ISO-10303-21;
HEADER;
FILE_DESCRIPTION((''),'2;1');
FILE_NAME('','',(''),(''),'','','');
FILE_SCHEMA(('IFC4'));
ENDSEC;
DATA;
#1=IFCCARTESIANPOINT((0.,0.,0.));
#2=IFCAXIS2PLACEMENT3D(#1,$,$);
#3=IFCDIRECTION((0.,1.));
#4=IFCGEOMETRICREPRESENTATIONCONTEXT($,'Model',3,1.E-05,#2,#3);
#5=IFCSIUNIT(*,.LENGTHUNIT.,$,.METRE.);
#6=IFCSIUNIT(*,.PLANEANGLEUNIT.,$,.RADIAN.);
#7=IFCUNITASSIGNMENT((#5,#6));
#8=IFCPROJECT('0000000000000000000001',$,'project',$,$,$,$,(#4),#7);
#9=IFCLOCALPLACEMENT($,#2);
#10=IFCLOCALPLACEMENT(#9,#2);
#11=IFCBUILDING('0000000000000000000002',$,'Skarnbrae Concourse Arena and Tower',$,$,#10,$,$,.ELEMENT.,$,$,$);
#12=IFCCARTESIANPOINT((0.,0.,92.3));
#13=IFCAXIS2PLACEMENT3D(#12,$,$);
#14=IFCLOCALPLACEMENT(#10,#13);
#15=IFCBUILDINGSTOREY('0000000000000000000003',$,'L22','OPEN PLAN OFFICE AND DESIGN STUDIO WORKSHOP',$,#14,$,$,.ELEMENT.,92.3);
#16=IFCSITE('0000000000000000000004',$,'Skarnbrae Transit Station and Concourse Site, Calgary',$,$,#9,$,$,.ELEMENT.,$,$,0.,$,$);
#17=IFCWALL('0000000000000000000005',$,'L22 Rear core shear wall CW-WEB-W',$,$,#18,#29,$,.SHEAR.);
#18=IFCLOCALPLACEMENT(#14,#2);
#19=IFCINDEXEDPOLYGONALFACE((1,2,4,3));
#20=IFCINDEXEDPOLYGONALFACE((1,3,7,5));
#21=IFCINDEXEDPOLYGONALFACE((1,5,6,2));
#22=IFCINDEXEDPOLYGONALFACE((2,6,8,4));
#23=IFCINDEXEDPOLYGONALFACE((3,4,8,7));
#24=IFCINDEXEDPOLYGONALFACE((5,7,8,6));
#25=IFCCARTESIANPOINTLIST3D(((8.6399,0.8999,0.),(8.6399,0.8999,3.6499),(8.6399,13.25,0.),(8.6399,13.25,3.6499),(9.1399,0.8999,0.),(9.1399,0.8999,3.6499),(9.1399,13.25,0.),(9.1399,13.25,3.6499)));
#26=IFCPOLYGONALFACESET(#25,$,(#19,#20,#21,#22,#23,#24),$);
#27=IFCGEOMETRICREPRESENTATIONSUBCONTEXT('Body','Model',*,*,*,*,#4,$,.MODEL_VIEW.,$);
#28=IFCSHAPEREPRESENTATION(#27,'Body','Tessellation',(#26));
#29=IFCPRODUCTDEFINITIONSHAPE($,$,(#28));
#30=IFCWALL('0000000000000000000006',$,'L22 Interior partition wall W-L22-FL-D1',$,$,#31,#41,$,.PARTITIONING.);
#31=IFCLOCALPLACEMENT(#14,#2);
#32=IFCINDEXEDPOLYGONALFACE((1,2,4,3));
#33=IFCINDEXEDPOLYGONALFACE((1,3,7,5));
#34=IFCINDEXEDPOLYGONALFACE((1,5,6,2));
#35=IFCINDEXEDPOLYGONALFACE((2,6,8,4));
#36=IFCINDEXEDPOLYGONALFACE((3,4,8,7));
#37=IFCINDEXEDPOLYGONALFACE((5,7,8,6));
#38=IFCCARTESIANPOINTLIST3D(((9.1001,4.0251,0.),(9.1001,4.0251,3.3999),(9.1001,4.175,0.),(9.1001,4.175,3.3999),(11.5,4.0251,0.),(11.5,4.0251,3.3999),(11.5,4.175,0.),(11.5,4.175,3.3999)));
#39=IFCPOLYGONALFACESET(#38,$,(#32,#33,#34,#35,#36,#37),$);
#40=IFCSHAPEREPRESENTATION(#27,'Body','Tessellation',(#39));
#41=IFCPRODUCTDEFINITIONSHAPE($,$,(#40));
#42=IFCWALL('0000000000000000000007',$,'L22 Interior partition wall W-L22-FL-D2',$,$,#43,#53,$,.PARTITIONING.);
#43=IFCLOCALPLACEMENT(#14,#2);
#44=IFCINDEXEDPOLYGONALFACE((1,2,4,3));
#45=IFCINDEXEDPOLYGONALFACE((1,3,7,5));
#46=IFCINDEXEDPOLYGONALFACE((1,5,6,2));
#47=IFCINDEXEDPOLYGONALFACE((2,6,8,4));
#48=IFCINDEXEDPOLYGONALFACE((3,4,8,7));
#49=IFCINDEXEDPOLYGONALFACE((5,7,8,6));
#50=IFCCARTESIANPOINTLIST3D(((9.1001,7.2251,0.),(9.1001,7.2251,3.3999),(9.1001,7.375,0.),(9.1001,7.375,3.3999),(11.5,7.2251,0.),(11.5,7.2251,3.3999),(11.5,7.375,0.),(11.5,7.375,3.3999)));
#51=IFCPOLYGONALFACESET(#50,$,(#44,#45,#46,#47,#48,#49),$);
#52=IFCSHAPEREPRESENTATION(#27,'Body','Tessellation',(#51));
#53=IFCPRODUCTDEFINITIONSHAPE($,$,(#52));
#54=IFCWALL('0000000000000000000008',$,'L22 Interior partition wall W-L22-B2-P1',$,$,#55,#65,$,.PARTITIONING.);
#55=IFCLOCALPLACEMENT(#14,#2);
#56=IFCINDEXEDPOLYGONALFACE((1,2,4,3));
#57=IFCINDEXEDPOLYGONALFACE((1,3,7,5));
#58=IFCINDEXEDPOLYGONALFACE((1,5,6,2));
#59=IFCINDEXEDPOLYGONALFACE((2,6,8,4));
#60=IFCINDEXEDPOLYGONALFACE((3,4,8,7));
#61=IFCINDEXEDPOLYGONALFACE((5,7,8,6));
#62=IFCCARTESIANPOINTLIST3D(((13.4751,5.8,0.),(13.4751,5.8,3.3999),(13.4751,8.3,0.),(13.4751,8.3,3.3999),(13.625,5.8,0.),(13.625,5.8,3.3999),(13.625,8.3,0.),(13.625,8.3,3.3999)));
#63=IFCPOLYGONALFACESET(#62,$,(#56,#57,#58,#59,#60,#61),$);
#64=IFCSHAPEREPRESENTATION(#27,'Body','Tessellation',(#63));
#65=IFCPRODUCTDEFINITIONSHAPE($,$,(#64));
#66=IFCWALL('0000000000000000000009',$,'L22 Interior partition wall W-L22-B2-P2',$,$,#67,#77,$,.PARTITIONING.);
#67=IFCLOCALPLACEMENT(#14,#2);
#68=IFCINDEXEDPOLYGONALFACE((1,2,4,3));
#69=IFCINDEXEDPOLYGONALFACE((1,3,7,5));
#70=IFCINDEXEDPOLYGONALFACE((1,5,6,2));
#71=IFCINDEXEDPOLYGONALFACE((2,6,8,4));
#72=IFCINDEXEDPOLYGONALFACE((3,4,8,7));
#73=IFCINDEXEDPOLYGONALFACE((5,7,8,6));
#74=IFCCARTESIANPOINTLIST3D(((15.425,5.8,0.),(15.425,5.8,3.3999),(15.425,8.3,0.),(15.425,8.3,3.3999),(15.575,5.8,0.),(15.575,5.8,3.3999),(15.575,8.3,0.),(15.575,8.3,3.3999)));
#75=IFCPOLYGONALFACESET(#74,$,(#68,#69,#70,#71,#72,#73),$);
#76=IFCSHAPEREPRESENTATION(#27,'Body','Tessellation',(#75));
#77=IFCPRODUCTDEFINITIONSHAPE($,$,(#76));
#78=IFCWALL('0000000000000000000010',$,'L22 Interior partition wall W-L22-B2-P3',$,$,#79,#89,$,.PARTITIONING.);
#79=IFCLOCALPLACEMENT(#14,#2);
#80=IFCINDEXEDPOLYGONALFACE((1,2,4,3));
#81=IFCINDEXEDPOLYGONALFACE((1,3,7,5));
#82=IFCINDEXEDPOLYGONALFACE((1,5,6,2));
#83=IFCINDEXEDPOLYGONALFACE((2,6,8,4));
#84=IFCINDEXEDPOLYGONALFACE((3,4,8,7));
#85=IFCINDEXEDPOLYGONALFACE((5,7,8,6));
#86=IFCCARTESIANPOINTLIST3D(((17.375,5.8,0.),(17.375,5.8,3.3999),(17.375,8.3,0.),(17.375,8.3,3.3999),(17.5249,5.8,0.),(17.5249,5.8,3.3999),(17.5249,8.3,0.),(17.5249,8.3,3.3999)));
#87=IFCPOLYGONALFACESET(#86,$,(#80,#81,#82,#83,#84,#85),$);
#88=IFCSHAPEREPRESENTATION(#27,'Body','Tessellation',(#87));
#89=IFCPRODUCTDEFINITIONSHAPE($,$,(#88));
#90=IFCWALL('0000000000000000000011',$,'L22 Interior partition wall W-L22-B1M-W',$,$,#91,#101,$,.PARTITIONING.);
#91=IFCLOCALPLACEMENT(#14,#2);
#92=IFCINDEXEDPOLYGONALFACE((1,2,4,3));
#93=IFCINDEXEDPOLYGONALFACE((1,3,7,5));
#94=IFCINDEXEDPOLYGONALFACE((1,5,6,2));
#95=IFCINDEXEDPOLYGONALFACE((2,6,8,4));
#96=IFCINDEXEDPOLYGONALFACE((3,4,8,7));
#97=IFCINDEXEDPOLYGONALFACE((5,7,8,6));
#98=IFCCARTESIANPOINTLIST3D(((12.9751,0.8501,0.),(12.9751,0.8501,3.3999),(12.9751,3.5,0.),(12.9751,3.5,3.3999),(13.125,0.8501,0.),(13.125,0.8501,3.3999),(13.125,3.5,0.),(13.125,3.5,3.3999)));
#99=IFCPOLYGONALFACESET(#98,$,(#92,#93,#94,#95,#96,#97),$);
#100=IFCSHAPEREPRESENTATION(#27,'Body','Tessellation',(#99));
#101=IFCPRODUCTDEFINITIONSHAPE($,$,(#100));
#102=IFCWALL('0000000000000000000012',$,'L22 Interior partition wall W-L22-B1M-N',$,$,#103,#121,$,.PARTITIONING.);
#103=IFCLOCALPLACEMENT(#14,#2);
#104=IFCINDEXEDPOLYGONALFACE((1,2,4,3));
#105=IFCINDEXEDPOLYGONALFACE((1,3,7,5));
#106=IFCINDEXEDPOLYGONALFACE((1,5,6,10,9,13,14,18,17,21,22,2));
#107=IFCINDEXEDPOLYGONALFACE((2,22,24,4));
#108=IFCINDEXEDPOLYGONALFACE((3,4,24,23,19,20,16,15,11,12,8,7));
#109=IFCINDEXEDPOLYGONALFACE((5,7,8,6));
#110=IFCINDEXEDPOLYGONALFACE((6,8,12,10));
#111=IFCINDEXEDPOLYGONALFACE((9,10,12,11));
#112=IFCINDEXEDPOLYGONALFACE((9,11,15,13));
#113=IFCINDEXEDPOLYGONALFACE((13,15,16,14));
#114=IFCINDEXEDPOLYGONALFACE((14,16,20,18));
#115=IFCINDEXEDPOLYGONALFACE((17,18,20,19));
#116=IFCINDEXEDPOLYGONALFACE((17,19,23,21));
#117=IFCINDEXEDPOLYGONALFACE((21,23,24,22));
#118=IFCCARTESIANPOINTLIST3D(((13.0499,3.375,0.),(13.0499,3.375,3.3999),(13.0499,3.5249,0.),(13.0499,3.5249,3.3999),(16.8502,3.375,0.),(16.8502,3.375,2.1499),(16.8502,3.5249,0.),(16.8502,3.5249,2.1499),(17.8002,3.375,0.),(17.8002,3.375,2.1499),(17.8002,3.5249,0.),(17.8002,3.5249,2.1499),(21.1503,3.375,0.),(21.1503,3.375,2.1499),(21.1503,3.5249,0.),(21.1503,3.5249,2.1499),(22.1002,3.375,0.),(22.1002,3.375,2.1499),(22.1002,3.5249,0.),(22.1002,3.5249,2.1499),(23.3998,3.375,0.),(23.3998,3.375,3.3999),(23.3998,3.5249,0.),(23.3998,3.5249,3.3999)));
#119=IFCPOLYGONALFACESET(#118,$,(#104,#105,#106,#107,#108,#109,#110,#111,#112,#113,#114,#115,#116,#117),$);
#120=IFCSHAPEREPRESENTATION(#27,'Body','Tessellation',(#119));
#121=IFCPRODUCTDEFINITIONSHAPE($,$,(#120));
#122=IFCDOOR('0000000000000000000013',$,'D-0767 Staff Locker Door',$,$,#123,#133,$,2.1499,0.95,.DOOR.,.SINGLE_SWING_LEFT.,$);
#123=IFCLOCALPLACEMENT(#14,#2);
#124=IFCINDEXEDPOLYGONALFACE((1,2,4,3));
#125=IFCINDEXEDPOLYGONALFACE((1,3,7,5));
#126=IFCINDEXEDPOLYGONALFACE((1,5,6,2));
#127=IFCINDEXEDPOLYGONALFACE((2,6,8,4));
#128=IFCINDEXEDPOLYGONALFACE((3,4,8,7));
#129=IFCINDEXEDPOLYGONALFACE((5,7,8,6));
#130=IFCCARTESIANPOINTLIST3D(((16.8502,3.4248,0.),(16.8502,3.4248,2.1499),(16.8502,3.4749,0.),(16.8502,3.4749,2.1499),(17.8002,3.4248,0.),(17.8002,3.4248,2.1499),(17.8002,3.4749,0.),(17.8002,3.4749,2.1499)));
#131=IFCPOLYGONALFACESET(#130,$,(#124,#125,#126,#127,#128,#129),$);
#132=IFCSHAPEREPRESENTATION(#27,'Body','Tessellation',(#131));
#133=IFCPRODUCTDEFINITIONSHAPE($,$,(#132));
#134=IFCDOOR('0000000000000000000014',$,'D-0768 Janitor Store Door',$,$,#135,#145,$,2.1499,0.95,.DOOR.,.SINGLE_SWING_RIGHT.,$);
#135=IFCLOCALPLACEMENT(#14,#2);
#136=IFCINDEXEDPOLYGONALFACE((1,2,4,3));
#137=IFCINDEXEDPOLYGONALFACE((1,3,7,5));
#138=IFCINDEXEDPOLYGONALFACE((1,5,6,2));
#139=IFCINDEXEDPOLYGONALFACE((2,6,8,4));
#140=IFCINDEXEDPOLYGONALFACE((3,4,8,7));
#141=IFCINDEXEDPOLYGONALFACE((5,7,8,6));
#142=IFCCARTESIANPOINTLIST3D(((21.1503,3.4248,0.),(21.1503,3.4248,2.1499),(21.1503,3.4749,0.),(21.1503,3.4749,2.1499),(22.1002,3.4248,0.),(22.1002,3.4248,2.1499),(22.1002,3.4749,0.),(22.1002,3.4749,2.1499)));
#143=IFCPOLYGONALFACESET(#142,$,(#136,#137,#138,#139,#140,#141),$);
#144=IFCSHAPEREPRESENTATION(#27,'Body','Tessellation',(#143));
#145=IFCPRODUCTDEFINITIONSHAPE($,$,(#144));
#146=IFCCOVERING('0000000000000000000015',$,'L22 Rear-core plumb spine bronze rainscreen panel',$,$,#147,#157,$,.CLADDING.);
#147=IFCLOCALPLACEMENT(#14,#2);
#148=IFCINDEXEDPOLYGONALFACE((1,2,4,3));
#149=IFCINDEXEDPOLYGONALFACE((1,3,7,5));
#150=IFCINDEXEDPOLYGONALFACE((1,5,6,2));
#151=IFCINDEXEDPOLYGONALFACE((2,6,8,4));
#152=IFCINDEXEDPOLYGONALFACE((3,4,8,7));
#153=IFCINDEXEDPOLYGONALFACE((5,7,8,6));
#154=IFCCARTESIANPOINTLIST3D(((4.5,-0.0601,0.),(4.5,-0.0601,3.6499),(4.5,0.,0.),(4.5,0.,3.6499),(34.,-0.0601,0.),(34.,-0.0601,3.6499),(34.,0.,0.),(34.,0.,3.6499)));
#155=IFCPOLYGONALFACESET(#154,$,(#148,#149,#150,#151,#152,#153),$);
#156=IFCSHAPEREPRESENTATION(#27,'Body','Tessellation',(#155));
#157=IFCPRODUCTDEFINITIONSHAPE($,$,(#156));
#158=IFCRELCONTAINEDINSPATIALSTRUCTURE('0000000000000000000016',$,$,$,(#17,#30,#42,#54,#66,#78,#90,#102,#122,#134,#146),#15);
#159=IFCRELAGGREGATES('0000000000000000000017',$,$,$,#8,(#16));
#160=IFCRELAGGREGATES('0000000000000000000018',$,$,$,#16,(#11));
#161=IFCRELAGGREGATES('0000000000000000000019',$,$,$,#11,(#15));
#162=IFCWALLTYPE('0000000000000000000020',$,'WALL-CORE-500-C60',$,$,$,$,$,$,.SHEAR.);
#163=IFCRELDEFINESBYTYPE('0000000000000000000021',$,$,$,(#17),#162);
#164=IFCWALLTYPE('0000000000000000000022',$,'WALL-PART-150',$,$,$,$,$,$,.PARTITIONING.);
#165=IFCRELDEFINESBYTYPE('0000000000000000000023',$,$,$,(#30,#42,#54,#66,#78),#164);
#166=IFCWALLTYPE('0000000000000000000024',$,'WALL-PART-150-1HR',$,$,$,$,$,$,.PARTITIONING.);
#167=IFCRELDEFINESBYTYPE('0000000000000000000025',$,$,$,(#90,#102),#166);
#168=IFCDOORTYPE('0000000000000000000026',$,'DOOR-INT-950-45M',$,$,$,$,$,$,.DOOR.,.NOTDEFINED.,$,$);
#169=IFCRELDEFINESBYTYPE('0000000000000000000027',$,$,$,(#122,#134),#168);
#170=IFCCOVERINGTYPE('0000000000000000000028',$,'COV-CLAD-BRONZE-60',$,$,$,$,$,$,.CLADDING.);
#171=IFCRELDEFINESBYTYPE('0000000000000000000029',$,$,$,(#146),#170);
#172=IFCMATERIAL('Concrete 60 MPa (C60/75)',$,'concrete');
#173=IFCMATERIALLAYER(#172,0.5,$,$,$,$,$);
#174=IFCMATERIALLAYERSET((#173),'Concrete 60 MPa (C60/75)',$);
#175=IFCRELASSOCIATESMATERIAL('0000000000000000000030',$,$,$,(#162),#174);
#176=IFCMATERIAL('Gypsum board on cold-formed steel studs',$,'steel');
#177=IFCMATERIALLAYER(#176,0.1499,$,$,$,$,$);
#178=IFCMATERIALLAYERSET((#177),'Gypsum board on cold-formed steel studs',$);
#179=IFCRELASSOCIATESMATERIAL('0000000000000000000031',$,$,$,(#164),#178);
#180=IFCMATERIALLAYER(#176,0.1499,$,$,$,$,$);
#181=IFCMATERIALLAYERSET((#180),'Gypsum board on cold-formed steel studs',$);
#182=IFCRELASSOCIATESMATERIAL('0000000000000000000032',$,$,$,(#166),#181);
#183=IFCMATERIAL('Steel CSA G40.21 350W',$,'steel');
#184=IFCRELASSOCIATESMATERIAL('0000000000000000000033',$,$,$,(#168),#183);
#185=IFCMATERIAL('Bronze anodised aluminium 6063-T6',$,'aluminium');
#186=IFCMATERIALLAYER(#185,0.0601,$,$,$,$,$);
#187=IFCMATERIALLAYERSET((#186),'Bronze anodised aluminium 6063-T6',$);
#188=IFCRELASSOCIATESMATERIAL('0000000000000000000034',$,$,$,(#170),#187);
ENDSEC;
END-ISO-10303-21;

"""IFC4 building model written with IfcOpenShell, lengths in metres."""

from ifc_helpers import new_model, si_unit, direction, frame, frame_2d, origin, origin_2d, place, context, subcontext, project, spatial, rectangle, extrude, source, transform, mapped, material, layer, layer_set, type_object, element, fill, save


model = new_model("IFC4")

# Units and contexts
model_context = context("Model", 3, precision=1e-05, world=origin(), true_north=direction((0.0, 1.0)))
body_context = subcontext(model_context, "Body", "Model", "MODEL_VIEW")
ifc_project = project(units=[si_unit("LENGTHUNIT", "METRE"), si_unit("PLANEANGLEUNIT", "RADIAN")], contexts=[model_context])

# Site, building, storey
site_placement = place(None, origin())
site = spatial("IfcSite", under=ifc_project, at=site_placement, Name="Skarnbrae Transit Station and Concourse Site, Calgary", CompositionType="ELEMENT", RefElevation=0.0)
building_placement = place(site_placement, origin())
building = spatial("IfcBuilding", under=site, at=building_placement, Name="Skarnbrae Concourse Arena and Tower", CompositionType="ELEMENT")
storey_placement = place(building_placement, frame((0.0, 0.0, 92.3)))
storey = spatial("IfcBuildingStorey", under=building, at=storey_placement, Name="L22", Description="OPEN PLAN OFFICE AND DESIGN STUDIO WORKSHOP", CompositionType="ELEMENT", Elevation=92.3)

# Wall
ifc_material_1 = material(Name="Concrete 60 MPa (C60/75)", Category="concrete")
ifc_layer_1 = layer(ifc_material_1, 0.5)
ifc_layer_set_1 = layer_set([ifc_layer_1], Name="Concrete 60 MPa (C60/75)")
wall_type_1 = type_object("IfcWallType", Name="WALL-CORE-500-C60", PredefinedType="SHEAR", material=ifc_layer_set_1)
shared_shape_1 = source(origin(), body_context, "Body", "SweptSolid", [
    extrude(rectangle(XDim=12.3501, YDim=0.5, at=frame_2d((6.175, 0.0))), origin(), (0.0, 0.0, 1.0), 3.6499),
])
wall_1_placement = place(storey_placement, frame((8.8899, 0.8999, 0.0), z_axis=(0.0, 0.0, 1.0), x_axis=(0.0, 1.0, 0.0)))
element("IfcWall", 1, at=wall_1_placement, inside=storey, type_object=wall_type_1, Name="L22 Rear core shear wall CW-WEB-W", PredefinedType="SHEAR", context=body_context, shape_type="MappedRepresentation", body=[
    mapped(shared_shape_1, transform((0.0, 0.0, 0.0))),
])

# Shared definitions
ifc_material_2 = material(Name="Gypsum board on cold-formed steel studs", Category="steel")
ifc_material_3 = material(Name="Steel CSA G40.21 350W", Category="steel")

# Walls
ifc_layer_2 = layer(ifc_material_2, 0.1499)
ifc_layer_set_2 = layer_set([ifc_layer_2], Name="Gypsum board on cold-formed steel studs")
wall_type_2 = type_object("IfcWallType", Name="WALL-PART-150", PredefinedType="PARTITIONING", material=ifc_layer_set_2)
shared_shape_2 = source(origin(), body_context, "Body", "SweptSolid", [
    extrude(rectangle(XDim=2.3999, YDim=0.1499, at=frame_2d((1.2, 0.0))), origin(), (0.0, 0.0, 1.0), 3.3999),
])
for number, where, z_axis, x_axis, name in (
    (2, (9.1001, 4.1001, 0.0), (0.0, 0.0, 1.0), (1.0, 0.0, 0.0), "L22 Interior partition wall W-L22-FL-D1"),
    (3, (9.1001, 7.3, 0.0), (0.0, 0.0, 1.0), (1.0, 0.0, 0.0), "L22 Interior partition wall W-L22-FL-D2"),
):
    element("IfcWall", number, at=place(storey_placement, frame(where, z_axis=z_axis, x_axis=x_axis)), inside=storey, type_object=wall_type_2, Name=name, PredefinedType="PARTITIONING", context=body_context, shape_type="MappedRepresentation", body=[
        mapped(shared_shape_2, transform((0.0, 0.0, 0.0))),
    ])

# Shared definitions
ifc_material_4 = material(Name="Bronze anodised aluminium 6063-T6", Category="aluminium")

# Walls
shared_shape_3 = source(origin(), body_context, "Body", "SweptSolid", [
    extrude(rectangle(XDim=2.5, YDim=0.1499, at=frame_2d((1.25, 0.0))), origin(), (0.0, 0.0, 1.0), 3.3999),
])
for number, where, z_axis, x_axis, name in (
    (4, (13.55, 5.8, 0.0), (0.0, 0.0, 1.0), (0.0, 1.0, 0.0), "L22 Interior partition wall W-L22-B2-P1"),
    (5, (15.5, 5.8, 0.0), (0.0, 0.0, 1.0), (0.0, 1.0, 0.0), "L22 Interior partition wall W-L22-B2-P2"),
    (6, (17.45, 5.8, 0.0), (0.0, 0.0, 1.0), (0.0, 1.0, 0.0), "L22 Interior partition wall W-L22-B2-P3"),
):
    element("IfcWall", number, at=place(storey_placement, frame(where, z_axis=z_axis, x_axis=x_axis)), inside=storey, type_object=wall_type_2, Name=name, PredefinedType="PARTITIONING", context=body_context, shape_type="MappedRepresentation", body=[
        mapped(shared_shape_3, transform((0.0, 0.0, 0.0))),
    ])
ifc_layer_3 = layer(ifc_material_2, 0.1499)
ifc_layer_set_3 = layer_set([ifc_layer_3], Name="Gypsum board on cold-formed steel studs")
wall_type_3 = type_object("IfcWallType", Name="WALL-PART-150-1HR", PredefinedType="PARTITIONING", material=ifc_layer_set_3)
shared_shape_4 = source(origin(), body_context, "Body", "SweptSolid", [
    extrude(rectangle(XDim=2.6499, YDim=0.1499, at=frame_2d((1.325, 0.0))), origin(), (0.0, 0.0, 1.0), 3.3999),
])
wall_2_placement = place(storey_placement, frame((13.05, 0.8501, 0.0), z_axis=(0.0, 0.0, 1.0), x_axis=(0.0, 1.0, 0.0)))
element("IfcWall", 7, at=wall_2_placement, inside=storey, type_object=wall_type_3, Name="L22 Interior partition wall W-L22-B1M-W", PredefinedType="PARTITIONING", context=body_context, shape_type="MappedRepresentation", body=[
    mapped(shared_shape_4, transform((0.0, 0.0, 0.0))),
])

# Wall, openings, doors
shared_shape_5 = source(origin(), body_context, "Body", "SweptSolid", [
    extrude(rectangle(XDim=10.3499, YDim=0.1499, at=frame_2d((5.1748, 0.0))), origin(), (0.0, 0.0, 1.0), 3.3999),
])
wall_3_placement = place(storey_placement, frame((13.05, 3.45, 0.0), z_axis=(0.0, 0.0, 1.0), x_axis=(1.0, 0.0, 0.0)))
wall_3 = element("IfcWall", 8, at=wall_3_placement, inside=storey, type_object=wall_type_3, Name="L22 Interior partition wall W-L22-B1M-N", PredefinedType="PARTITIONING", context=body_context, shape_type="MappedRepresentation", body=[
    mapped(shared_shape_5, transform((0.0, 0.0, 0.0))),
])
opening_1_placement = place(wall_3_placement, frame((3.8, 0.0, 0.0)))
opening_1 = element("IfcOpeningElement", 9, at=opening_1_placement, cuts=wall_3, PredefinedType="OPENING", context=body_context, shape_type="SweptSolid", body=[
    extrude(rectangle(XDim=0.95, YDim=2.1499, at=frame_2d((0.4751, 1.075))), frame((0.0, 0.085, 0.0), z_axis=(0.0, -1.0, 0.0), x_axis=(1.0, 0.0, 0.0)), (0.0, 0.0, 1.0), 0.1699),
])
opening_2_placement = place(wall_3_placement, frame((8.1001, 0.0, 0.0)))
opening_2 = element("IfcOpeningElement", 10, at=opening_2_placement, cuts=wall_3, PredefinedType="OPENING", context=body_context, shape_type="SweptSolid", body=[
    extrude(rectangle(XDim=0.95, YDim=2.1499, at=frame_2d((0.4751, 1.075))), frame((0.0, 0.085, 0.0), z_axis=(0.0, -1.0, 0.0), x_axis=(1.0, 0.0, 0.0)), (0.0, 0.0, 1.0), 0.1699),
])
door_type_1 = type_object("IfcDoorType", Name="DOOR-INT-950-45M", OperationType="NOTDEFINED", PredefinedType="DOOR", material=ifc_material_3)
shared_shape_6 = source(origin(), body_context, "Body", "SweptSolid", [
    extrude(rectangle(XDim=0.95, YDim=2.1499, at=frame_2d((0.4751, 1.075))), frame((0.0, 0.0249, 0.0), z_axis=(0.0, -1.0, 0.0), x_axis=(1.0, 0.0, 0.0)), (0.0, 0.0, 1.0), 0.05),
])
door_1_placement = place(opening_1_placement, origin())
door_1 = element("IfcDoor", 11, at=door_1_placement, inside=storey, type_object=door_type_1, Name="D-0767 Staff Locker Door", OperationType="SINGLE_SWING_LEFT", OverallHeight=2.1499, OverallWidth=0.95, PredefinedType="DOOR", context=body_context, shape_type="MappedRepresentation", body=[
    mapped(shared_shape_6, transform((0.0, 0.0, 0.0))),
])
fill(opening_1, door_1)
door_2_placement = place(opening_2_placement, origin())
door_2 = element("IfcDoor", 12, at=door_2_placement, inside=storey, type_object=door_type_1, Name="D-0768 Janitor Store Door", OperationType="SINGLE_SWING_RIGHT", OverallHeight=2.1499, OverallWidth=0.95, PredefinedType="DOOR", context=body_context, shape_type="MappedRepresentation", body=[
    mapped(shared_shape_6, transform((0.0, 0.0, 0.0))),
])
fill(opening_2, door_2)

# Covering
ifc_layer_4 = layer(ifc_material_4, 0.0601)
ifc_layer_set_4 = layer_set([ifc_layer_4], Name="Bronze anodised aluminium 6063-T6")
covering_type = type_object("IfcCoveringType", Name="COV-CLAD-BRONZE-60", PredefinedType="CLADDING", material=ifc_layer_set_4)
shared_shape_7 = source(origin(), body_context, "Body", "SweptSolid", [
    extrude(rectangle(XDim=29.5, YDim=0.0601, at=origin_2d()), origin(), (0.0, 0.0, 1.0), 3.6499),
])
covering_placement = place(storey_placement, frame((19.25, -0.03, 0.0), z_axis=(0.0, 0.0, 1.0), x_axis=(1.0, 0.0, 0.0)))
element("IfcCovering", 13, at=covering_placement, inside=storey, type_object=covering_type, Name="L22 Rear-core plumb spine bronze rainscreen panel", PredefinedType="CLADDING", context=body_context, shape_type="MappedRepresentation", body=[
    mapped(shared_shape_7, transform((0.0, 0.0, 0.0))),
])

save(model, "model.ifc")
